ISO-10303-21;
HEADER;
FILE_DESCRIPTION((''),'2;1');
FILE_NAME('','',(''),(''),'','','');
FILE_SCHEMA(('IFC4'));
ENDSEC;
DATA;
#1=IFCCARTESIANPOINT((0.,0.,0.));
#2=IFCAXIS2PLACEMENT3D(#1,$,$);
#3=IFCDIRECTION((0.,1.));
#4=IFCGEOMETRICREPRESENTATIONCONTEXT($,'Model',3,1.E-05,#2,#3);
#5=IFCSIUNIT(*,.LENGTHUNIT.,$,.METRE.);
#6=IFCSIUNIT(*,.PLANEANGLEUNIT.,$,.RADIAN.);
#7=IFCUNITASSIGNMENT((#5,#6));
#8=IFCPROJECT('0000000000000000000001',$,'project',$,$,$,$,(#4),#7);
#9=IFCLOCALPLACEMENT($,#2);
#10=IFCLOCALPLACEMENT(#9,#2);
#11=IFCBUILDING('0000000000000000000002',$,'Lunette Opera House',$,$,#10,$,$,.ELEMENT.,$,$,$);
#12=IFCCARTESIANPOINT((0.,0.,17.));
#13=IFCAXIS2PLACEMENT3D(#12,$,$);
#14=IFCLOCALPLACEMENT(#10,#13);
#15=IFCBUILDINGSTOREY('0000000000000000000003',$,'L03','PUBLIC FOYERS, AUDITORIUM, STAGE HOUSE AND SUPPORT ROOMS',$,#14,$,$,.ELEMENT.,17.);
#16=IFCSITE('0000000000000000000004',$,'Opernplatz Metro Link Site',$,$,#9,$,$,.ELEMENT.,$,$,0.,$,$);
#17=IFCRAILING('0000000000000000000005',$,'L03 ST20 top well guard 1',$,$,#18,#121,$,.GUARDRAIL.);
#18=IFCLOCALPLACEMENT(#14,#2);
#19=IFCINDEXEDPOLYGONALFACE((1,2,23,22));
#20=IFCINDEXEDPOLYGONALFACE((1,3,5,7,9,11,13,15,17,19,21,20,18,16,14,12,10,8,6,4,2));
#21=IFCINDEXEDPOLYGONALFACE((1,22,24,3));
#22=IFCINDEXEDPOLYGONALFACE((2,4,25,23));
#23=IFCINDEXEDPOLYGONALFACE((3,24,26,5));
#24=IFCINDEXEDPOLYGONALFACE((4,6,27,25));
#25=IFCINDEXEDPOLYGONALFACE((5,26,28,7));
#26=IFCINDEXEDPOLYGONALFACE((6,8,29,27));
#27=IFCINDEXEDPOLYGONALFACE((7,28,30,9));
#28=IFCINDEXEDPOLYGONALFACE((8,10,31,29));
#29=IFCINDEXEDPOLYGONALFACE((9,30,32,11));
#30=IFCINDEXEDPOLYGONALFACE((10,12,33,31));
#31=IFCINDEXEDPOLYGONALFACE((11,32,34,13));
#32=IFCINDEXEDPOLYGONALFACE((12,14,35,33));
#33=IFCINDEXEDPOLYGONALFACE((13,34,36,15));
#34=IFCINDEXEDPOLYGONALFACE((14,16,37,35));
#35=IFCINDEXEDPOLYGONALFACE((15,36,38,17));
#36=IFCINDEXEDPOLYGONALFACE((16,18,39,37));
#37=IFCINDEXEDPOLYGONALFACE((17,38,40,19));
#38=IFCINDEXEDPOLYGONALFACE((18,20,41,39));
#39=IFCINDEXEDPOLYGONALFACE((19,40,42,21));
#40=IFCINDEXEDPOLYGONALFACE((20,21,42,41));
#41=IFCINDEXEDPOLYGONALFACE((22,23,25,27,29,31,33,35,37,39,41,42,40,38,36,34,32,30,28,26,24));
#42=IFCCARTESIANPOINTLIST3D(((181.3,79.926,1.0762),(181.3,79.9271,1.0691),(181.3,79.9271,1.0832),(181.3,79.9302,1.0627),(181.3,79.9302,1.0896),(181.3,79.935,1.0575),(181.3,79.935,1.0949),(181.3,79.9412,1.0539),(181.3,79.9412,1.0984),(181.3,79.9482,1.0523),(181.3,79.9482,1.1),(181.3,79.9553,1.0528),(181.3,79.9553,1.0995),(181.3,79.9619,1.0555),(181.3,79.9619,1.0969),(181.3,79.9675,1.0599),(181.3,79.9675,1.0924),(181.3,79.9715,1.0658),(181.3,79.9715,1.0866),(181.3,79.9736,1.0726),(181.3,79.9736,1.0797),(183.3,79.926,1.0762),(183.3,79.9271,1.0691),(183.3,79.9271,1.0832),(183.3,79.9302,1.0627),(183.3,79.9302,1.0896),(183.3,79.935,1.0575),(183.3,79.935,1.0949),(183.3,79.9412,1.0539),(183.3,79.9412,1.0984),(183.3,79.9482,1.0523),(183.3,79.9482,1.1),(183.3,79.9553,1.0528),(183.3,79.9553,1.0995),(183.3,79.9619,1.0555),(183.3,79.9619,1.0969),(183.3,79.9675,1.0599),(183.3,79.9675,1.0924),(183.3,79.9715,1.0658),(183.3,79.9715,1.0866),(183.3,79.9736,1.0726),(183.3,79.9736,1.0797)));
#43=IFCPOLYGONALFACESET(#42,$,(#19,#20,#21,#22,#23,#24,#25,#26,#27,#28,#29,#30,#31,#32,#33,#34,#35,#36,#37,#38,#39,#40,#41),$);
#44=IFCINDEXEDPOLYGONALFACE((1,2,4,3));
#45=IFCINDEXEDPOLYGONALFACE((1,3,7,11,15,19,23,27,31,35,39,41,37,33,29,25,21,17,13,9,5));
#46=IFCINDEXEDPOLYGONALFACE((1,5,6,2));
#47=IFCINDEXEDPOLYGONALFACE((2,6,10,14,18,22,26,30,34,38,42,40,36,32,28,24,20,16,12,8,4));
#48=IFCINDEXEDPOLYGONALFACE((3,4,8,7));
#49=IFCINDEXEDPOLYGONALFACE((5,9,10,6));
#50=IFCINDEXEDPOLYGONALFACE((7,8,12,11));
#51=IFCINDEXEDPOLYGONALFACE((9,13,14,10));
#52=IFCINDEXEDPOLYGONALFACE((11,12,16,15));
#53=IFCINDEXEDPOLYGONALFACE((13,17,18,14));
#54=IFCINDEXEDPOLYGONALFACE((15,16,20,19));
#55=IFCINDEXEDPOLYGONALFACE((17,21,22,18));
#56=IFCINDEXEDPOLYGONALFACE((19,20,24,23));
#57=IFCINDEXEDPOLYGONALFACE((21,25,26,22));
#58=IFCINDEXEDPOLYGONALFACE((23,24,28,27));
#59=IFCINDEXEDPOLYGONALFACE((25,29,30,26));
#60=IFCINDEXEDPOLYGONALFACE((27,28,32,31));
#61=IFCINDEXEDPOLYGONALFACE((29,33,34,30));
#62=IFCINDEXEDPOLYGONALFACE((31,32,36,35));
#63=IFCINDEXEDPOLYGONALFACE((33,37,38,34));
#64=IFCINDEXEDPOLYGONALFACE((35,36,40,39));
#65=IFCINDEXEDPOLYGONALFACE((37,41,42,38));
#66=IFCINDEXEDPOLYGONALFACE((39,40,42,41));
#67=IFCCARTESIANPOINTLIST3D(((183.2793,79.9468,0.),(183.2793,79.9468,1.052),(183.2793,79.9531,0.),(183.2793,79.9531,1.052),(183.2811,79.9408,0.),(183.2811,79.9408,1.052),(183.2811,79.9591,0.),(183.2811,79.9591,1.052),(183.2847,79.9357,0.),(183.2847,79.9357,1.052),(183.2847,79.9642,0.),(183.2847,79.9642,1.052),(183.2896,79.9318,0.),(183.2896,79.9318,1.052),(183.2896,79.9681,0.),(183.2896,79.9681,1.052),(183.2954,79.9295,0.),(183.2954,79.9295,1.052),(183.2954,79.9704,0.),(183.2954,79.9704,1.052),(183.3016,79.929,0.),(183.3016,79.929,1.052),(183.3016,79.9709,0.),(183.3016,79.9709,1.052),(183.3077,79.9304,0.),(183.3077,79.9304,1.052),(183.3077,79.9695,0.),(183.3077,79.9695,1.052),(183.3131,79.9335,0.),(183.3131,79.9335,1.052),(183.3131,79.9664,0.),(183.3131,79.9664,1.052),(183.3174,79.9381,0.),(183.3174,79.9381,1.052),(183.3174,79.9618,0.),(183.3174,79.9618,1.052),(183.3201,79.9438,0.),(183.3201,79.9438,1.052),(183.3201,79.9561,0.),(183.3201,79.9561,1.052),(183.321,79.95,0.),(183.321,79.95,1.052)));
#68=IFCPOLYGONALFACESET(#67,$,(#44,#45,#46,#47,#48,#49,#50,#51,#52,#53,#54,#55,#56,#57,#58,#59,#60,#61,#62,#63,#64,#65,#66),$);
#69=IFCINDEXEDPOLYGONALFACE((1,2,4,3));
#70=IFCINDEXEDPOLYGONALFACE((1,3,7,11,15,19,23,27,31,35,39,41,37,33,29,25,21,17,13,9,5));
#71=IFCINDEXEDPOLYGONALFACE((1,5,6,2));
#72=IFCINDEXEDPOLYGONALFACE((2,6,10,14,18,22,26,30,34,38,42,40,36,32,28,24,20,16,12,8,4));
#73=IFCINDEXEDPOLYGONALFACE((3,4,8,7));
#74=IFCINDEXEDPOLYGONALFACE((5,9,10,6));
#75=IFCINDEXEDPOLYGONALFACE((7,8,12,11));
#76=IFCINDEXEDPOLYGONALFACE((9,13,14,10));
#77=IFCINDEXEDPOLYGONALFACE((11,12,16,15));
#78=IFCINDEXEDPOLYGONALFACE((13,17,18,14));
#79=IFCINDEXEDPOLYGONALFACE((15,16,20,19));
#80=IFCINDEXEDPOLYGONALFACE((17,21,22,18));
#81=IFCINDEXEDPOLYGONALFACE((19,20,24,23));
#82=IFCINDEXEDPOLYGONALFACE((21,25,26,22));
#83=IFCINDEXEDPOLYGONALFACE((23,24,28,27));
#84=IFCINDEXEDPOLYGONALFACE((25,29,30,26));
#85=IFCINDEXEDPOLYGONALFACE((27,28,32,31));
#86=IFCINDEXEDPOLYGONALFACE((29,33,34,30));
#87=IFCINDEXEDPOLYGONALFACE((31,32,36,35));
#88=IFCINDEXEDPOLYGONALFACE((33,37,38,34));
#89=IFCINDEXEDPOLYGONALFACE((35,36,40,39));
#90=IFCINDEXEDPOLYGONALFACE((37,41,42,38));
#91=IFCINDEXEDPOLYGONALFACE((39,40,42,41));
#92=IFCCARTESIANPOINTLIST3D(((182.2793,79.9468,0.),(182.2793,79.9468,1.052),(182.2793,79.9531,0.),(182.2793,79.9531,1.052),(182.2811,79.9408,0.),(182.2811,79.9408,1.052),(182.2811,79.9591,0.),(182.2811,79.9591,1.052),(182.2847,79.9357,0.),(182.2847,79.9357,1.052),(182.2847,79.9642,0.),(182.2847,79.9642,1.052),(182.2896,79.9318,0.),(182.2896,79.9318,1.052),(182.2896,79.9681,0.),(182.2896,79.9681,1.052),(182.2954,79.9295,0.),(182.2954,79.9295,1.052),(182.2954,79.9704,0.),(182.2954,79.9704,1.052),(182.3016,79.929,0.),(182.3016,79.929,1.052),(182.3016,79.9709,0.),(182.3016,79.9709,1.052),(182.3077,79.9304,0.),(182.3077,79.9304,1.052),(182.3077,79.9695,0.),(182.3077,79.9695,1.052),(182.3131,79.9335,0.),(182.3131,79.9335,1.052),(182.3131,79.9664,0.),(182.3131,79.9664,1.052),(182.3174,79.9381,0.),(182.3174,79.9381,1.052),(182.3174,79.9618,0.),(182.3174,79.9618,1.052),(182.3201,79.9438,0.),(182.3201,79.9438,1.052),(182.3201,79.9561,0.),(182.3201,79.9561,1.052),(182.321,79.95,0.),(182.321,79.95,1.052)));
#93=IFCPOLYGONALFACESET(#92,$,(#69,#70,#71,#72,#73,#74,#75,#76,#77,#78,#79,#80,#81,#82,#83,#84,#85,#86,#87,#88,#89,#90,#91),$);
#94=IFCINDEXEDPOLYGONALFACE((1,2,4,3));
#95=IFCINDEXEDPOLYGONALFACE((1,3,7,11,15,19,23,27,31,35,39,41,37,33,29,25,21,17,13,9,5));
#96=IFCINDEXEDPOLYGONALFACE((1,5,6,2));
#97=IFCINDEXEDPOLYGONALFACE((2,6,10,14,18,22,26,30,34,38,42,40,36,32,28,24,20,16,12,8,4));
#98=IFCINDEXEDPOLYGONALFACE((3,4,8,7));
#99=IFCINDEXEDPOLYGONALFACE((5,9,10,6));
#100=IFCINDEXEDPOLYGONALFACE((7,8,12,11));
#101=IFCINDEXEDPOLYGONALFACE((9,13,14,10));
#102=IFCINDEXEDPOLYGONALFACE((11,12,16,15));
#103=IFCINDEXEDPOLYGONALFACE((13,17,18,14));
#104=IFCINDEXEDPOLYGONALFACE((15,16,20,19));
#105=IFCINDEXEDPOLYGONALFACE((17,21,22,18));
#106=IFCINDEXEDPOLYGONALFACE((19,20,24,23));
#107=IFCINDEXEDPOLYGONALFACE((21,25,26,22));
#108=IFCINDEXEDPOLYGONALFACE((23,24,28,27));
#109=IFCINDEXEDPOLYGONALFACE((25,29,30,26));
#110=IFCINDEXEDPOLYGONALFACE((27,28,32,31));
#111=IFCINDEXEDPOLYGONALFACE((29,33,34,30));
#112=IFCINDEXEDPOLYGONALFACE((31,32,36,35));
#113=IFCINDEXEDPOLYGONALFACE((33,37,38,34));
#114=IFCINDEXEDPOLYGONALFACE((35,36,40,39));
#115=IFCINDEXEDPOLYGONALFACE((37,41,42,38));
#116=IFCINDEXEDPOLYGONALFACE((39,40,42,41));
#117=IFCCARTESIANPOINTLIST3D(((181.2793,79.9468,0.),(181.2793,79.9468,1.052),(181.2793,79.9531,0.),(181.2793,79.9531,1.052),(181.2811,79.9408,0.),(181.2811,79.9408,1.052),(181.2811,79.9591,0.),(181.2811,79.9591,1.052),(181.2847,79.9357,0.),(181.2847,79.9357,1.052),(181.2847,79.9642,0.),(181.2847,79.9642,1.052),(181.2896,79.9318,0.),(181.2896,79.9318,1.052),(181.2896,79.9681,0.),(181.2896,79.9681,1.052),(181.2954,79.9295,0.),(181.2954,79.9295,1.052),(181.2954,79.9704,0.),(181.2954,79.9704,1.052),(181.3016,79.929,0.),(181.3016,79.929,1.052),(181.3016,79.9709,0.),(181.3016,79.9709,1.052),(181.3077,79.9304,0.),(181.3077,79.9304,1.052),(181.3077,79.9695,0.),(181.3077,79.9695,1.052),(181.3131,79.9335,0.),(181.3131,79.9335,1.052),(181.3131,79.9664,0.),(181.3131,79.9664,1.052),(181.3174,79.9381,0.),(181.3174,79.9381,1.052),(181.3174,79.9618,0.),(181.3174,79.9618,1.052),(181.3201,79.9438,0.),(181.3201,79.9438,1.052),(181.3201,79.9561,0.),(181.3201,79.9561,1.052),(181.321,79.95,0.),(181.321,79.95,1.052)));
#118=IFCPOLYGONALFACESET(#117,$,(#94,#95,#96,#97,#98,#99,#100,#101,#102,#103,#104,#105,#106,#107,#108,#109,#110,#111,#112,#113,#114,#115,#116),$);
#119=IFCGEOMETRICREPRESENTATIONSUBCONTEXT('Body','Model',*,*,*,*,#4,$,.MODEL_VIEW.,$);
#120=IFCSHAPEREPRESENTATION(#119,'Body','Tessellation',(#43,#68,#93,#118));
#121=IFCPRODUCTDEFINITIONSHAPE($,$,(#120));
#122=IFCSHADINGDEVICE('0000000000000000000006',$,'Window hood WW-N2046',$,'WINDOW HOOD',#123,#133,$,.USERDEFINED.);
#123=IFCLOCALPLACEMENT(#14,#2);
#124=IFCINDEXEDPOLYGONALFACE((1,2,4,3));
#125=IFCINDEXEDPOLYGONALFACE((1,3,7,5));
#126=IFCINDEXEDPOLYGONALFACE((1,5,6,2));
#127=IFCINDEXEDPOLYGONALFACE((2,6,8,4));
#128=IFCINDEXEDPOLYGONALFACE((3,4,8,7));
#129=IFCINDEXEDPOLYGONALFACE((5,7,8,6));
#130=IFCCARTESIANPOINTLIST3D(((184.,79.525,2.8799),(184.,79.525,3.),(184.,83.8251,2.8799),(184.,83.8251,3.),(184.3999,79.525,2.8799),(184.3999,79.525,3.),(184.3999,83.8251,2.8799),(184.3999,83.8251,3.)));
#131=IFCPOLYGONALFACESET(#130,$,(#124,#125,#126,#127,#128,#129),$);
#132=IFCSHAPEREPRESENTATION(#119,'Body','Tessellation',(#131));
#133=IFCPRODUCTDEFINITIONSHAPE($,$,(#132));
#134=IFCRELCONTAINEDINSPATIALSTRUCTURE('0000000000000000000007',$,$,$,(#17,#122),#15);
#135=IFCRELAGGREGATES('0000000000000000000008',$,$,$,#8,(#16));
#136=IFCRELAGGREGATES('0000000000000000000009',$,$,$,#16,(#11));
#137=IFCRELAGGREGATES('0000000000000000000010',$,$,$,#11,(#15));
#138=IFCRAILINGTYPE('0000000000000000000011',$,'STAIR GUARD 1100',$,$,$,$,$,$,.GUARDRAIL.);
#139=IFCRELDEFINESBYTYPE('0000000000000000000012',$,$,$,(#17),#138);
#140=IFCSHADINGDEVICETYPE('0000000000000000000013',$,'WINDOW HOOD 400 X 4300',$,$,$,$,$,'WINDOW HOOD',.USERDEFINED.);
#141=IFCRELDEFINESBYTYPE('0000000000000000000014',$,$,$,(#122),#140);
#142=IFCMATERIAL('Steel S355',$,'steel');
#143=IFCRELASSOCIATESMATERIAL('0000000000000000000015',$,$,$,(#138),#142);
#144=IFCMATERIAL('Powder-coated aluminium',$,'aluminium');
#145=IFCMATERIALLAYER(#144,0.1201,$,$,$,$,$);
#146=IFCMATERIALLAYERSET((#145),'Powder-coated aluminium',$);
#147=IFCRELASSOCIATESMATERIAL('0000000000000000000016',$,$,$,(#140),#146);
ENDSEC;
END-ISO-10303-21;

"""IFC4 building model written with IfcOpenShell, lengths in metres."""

from ifc_helpers import new_model, si_unit, direction, frame, origin, origin_2d, place, context, subcontext, project, spatial, rectangle, circle, extrude, material, layer, layer_set, type_object, element, save


model = new_model("IFC4")

# Units and contexts
model_context = context("Model", 3, precision=1e-05, world=origin(), true_north=direction((0.0, 1.0)))
body_context = subcontext(model_context, "Body", "Model", "MODEL_VIEW")
ifc_project = project(units=[si_unit("LENGTHUNIT", "METRE"), si_unit("PLANEANGLEUNIT", "RADIAN")], contexts=[model_context])

# Site, building, storey
site_placement = place(None, origin())
site = spatial("IfcSite", under=ifc_project, at=site_placement, Name="Opernplatz Metro Link Site", CompositionType="ELEMENT", RefElevation=0.0)
building_placement = place(site_placement, origin())
building = spatial("IfcBuilding", under=site, at=building_placement, Name="Lunette Opera House", CompositionType="ELEMENT")
storey_placement = place(building_placement, frame((0.0, 0.0, 17.0)))
storey = spatial("IfcBuildingStorey", under=building, at=storey_placement, Name="L03", Description="PUBLIC FOYERS, AUDITORIUM, STAGE HOUSE AND SUPPORT ROOMS", CompositionType="ELEMENT", Elevation=17.0)

# Railing
ifc_material_1 = material(Name="Steel S355", Category="steel")
railing_type = type_object("IfcRailingType", Name="STAIR GUARD 1100", PredefinedType="GUARDRAIL", material=ifc_material_1)
railing_placement = place(storey_placement, frame((183.3, 79.95, 0.0)))
element("IfcRailing", 1, at=railing_placement, inside=storey, type_object=railing_type, Name="L03 ST20 top well guard 1", PredefinedType="GUARDRAIL", context=body_context, shape_type="SweptSolid", body=[
    extrude(circle(Radius=0.0239, at=origin_2d()), frame((0.0, 0.0, 1.0762), z_axis=(-1.0, 0.0, 0.0), x_axis=(0.0, -1.0, 0.0)), (0.0, 0.0, 1.0), 2.0),
    extrude(circle(Radius=0.021, at=origin_2d()), origin(), (0.0, 0.0, 1.0), 1.052),
    extrude(circle(Radius=0.021, at=origin_2d()), frame((-1.0, 0.0, 0.0)), (0.0, 0.0, 1.0), 1.052),
    extrude(circle(Radius=0.021, at=origin_2d()), frame((-2.0, 0.0, 0.0)), (0.0, 0.0, 1.0), 1.052),
])

# Shading device
ifc_material_2 = material(Name="Powder-coated aluminium", Category="aluminium")
ifc_layer_1 = layer(ifc_material_2, 0.1201)
ifc_layer_set_1 = layer_set([ifc_layer_1], Name="Powder-coated aluminium")
shading_device_type = type_object("IfcShadingDeviceType", Name="WINDOW HOOD 400 X 4300", ElementType="WINDOW HOOD", PredefinedType="USERDEFINED", material=ifc_layer_set_1)
shading_device_placement = place(storey_placement, frame((184.2, 81.675, 2.8799), z_axis=(0.0, 0.0, 1.0), x_axis=(1.0, 0.0, 0.0)))
element("IfcShadingDevice", 2, at=shading_device_placement, inside=storey, type_object=shading_device_type, Name="Window hood WW-N2046", ObjectType="WINDOW HOOD", PredefinedType="USERDEFINED", context=body_context, shape_type="SweptSolid", body=[
    extrude(rectangle(XDim=0.3999, YDim=4.3, at=origin_2d()), origin(), (0.0, 0.0, 1.0), 0.1201),
])

save(model, "model.ifc")
